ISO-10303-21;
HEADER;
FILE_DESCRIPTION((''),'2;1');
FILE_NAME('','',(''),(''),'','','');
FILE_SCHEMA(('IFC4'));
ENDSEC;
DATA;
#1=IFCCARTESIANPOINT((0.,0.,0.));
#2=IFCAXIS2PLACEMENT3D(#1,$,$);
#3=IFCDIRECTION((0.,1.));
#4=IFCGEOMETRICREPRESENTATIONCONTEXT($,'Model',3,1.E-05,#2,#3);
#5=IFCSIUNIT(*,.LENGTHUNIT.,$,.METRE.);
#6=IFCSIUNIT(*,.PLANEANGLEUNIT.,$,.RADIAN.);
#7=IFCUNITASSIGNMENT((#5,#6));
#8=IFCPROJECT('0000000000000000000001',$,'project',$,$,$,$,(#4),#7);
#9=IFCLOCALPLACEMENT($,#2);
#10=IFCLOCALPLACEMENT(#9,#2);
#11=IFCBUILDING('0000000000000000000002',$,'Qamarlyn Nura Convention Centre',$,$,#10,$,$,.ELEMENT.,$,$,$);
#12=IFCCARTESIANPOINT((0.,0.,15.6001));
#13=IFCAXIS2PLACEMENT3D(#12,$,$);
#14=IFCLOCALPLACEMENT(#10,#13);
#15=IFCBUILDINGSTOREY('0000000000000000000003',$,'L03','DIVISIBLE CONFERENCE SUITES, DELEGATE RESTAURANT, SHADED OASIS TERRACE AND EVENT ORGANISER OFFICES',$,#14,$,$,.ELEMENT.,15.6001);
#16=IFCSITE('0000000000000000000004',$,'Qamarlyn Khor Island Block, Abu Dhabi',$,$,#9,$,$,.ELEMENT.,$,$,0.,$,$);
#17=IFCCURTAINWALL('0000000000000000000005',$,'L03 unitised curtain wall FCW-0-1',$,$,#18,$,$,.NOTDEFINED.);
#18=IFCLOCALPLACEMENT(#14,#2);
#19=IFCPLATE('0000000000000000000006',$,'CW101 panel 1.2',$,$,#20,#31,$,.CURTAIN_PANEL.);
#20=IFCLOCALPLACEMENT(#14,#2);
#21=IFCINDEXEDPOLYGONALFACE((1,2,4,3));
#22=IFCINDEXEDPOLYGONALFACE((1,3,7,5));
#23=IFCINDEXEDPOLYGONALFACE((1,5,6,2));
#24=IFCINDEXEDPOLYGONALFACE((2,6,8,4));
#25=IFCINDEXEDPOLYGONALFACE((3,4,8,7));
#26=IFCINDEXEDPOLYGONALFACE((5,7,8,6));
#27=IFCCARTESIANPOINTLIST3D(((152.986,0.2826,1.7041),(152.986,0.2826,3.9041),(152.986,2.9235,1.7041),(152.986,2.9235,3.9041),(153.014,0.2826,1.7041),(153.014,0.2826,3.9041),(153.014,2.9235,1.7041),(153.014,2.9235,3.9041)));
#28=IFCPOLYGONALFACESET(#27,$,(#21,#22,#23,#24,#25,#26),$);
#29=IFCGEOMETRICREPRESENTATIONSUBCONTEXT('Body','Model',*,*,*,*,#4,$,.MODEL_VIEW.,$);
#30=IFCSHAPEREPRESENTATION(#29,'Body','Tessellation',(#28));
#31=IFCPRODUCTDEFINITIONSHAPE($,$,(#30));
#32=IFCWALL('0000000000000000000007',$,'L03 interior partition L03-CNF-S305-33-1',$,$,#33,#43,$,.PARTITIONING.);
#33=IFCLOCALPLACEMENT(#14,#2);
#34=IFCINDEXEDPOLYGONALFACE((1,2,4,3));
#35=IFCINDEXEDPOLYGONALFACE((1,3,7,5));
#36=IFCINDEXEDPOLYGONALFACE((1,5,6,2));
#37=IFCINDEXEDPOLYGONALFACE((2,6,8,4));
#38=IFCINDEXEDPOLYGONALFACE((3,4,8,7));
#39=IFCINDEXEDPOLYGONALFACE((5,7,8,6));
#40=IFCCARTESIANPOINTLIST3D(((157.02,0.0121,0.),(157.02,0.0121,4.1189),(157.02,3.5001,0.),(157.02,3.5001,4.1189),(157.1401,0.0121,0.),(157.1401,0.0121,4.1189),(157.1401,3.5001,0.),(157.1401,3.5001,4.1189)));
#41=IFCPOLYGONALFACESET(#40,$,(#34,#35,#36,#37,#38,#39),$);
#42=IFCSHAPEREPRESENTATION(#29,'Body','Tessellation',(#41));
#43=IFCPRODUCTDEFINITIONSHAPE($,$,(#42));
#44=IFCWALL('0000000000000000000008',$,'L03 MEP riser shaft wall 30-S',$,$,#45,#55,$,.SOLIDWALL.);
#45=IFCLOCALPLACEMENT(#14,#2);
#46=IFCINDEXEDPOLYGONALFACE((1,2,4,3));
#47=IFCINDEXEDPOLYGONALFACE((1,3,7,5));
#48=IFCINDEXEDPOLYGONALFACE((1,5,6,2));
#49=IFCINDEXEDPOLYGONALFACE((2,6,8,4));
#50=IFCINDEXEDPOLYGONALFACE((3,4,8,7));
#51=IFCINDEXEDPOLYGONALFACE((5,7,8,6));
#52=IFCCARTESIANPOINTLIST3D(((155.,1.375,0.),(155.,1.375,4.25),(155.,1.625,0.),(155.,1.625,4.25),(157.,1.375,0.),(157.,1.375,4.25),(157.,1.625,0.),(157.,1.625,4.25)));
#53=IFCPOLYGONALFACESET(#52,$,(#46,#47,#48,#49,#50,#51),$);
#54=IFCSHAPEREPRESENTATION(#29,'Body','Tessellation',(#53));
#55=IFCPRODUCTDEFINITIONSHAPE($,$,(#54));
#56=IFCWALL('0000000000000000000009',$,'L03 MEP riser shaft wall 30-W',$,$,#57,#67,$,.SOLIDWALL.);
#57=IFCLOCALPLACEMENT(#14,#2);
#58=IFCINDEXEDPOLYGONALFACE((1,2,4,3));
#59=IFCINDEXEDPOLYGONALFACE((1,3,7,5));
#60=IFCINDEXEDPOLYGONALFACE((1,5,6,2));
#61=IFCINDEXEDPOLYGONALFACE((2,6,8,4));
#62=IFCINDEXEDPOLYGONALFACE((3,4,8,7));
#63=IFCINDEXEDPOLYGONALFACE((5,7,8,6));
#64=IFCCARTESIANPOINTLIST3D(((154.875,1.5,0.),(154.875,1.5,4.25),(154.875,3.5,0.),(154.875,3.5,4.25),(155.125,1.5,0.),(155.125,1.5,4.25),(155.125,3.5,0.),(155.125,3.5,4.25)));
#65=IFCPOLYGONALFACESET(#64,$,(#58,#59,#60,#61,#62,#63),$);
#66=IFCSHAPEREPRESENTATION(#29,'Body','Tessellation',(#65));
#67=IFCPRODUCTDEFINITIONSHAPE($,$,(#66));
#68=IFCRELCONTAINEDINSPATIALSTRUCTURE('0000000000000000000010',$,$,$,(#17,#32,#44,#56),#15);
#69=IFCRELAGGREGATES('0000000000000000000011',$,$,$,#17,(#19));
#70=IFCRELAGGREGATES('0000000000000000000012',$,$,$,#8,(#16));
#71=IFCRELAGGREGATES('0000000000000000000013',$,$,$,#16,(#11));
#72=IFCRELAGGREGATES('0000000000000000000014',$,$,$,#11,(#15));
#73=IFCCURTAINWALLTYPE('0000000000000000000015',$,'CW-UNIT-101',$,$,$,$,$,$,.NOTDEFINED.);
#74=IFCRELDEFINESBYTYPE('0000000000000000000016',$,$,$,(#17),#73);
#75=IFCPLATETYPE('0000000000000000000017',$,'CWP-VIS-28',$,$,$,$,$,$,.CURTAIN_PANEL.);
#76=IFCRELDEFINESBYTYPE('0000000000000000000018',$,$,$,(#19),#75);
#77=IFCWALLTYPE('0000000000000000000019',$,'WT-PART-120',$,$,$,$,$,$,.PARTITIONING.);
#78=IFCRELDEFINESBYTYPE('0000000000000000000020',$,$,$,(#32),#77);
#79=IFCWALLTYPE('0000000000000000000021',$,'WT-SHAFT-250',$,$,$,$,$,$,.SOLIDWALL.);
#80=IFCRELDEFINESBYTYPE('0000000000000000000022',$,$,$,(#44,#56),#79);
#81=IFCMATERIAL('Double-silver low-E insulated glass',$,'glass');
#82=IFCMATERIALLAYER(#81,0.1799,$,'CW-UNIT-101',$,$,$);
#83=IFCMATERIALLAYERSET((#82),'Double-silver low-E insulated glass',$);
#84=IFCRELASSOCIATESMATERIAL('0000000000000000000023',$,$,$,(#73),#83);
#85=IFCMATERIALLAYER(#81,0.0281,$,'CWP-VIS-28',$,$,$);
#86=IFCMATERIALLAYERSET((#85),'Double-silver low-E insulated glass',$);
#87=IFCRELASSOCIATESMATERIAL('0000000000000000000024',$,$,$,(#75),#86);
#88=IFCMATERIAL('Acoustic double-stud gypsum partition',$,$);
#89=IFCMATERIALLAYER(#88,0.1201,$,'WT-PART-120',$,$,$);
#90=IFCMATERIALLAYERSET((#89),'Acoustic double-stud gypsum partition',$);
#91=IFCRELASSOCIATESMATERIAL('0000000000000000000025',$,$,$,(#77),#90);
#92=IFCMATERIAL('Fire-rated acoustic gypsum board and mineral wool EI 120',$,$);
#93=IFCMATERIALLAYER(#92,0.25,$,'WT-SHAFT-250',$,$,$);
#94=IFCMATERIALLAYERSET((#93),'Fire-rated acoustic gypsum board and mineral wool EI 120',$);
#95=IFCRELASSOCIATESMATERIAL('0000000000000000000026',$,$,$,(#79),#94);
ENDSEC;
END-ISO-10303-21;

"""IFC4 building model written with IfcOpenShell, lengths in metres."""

from ifc_helpers import new_model, si_unit, direction, frame, frame_2d, origin, origin_2d, place, context, subcontext, project, spatial, rectangle, extrude, material, layer, layer_set, type_object, element, aggregate, save


model = new_model("IFC4")

# Units and contexts
model_context = context("Model", 3, precision=1e-05, world=origin(), true_north=direction((0.0, 1.0)))
body_context = subcontext(model_context, "Body", "Model", "MODEL_VIEW")
ifc_project = project(units=[si_unit("LENGTHUNIT", "METRE"), si_unit("PLANEANGLEUNIT", "RADIAN")], contexts=[model_context])

# Site, building, storey
site_placement = place(None, origin())
site = spatial("IfcSite", under=ifc_project, at=site_placement, Name="Qamarlyn Khor Island Block, Abu Dhabi", CompositionType="ELEMENT", RefElevation=0.0)
building_placement = place(site_placement, origin())
building = spatial("IfcBuilding", under=site, at=building_placement, Name="Qamarlyn Nura Convention Centre", CompositionType="ELEMENT")
storey_placement = place(building_placement, frame((0.0, 0.0, 15.6001)))
storey = spatial("IfcBuildingStorey", under=building, at=storey_placement, Name="L03", Description="DIVISIBLE CONFERENCE SUITES, DELEGATE RESTAURANT, SHADED OASIS TERRACE AND EVENT ORGANISER OFFICES", CompositionType="ELEMENT", Elevation=15.6001)

# Curtain wall
ifc_material_1 = material(Name="Double-silver low-E insulated glass", Category="glass")
ifc_layer_1 = layer(ifc_material_1, 0.1799, Name="CW-UNIT-101")
ifc_layer_set_1 = layer_set([ifc_layer_1], Name="Double-silver low-E insulated glass")
curtain_wall_type_1 = type_object("IfcCurtainWallType", Name="CW-UNIT-101", PredefinedType="NOTDEFINED", material=ifc_layer_set_1)
curtain_wall_1_placement = place(storey_placement, origin())
curtain_wall_1 = element("IfcCurtainWall", 1, at=curtain_wall_1_placement, inside=storey, type_object=curtain_wall_type_1, Name="L03 unitised curtain wall FCW-0-1", PredefinedType="NOTDEFINED")

# Plate
ifc_layer_2 = layer(ifc_material_1, 0.0281, Name="CWP-VIS-28")
ifc_layer_set_2 = layer_set([ifc_layer_2], Name="Double-silver low-E insulated glass")
plate_type = type_object("IfcPlateType", Name="CWP-VIS-28", PredefinedType="CURTAIN_PANEL", material=ifc_layer_set_2)
plate_1_placement = place(storey_placement, frame((153.0, 1.603, 1.7041), z_axis=(0.0, 0.0, 1.0), x_axis=(0.0, 1.0, 0.0)))
plate_1 = element("IfcPlate", 2, at=plate_1_placement, type_object=plate_type, Name="CW101 panel 1.2", PredefinedType="CURTAIN_PANEL", context=body_context, shape_type="SweptSolid", body=[
    extrude(rectangle(XDim=2.6409, YDim=0.0281, at=origin_2d()), origin(), (0.0, 0.0, 1.0), 2.2),
])
aggregate(curtain_wall_1, [plate_1])

# Walls
ifc_material_2 = material(Name="Acoustic double-stud gypsum partition")
ifc_layer_3 = layer(ifc_material_2, 0.1201, Name="WT-PART-120")
ifc_layer_set_3 = layer_set([ifc_layer_3], Name="Acoustic double-stud gypsum partition")
wall_type_1 = type_object("IfcWallType", Name="WT-PART-120", PredefinedType="PARTITIONING", material=ifc_layer_set_3)
wall_placement = place(storey_placement, frame((157.0801, 0.012, 0.0), z_axis=(0.0, 0.0, 1.0), x_axis=(0.0, 1.0, 0.0)))
element("IfcWall", 3, at=wall_placement, inside=storey, type_object=wall_type_1, Name="L03 interior partition L03-CNF-S305-33-1", PredefinedType="PARTITIONING", context=body_context, shape_type="SweptSolid", body=[
    extrude(rectangle(XDim=3.488, YDim=0.1201, at=frame_2d((1.7441, 0.0))), origin(), (0.0, 0.0, 1.0), 4.1189),
])
ifc_material_3 = material(Name="Fire-rated acoustic gypsum board and mineral wool EI 120")
ifc_layer_4 = layer(ifc_material_3, 0.25, Name="WT-SHAFT-250")
ifc_layer_set_4 = layer_set([ifc_layer_4], Name="Fire-rated acoustic gypsum board and mineral wool EI 120")
wall_type_2 = type_object("IfcWallType", Name="WT-SHAFT-250", PredefinedType="SOLIDWALL", material=ifc_layer_set_4)
for number, where, z_axis, x_axis, name in (
    (4, (155.0, 1.5, 0.0), (0.0, 0.0, 1.0), (1.0, 0.0, 0.0), "L03 MEP riser shaft wall 30-S"),
    (5, (155.0, 3.5, 0.0), (0.0, 0.0, 1.0), (0.0, -1.0, 0.0), "L03 MEP riser shaft wall 30-W"),
):
    element("IfcWall", number, at=place(storey_placement, frame(where, z_axis=z_axis, x_axis=x_axis)), inside=storey, type_object=wall_type_2, Name=name, PredefinedType="SOLIDWALL", context=body_context, shape_type="SweptSolid", body=[
        extrude(rectangle(XDim=2.0, YDim=0.25, at=frame_2d((1.0, 0.0))), origin(), (0.0, 0.0, 1.0), 4.25),
    ])

save(model, "model.ifc")
